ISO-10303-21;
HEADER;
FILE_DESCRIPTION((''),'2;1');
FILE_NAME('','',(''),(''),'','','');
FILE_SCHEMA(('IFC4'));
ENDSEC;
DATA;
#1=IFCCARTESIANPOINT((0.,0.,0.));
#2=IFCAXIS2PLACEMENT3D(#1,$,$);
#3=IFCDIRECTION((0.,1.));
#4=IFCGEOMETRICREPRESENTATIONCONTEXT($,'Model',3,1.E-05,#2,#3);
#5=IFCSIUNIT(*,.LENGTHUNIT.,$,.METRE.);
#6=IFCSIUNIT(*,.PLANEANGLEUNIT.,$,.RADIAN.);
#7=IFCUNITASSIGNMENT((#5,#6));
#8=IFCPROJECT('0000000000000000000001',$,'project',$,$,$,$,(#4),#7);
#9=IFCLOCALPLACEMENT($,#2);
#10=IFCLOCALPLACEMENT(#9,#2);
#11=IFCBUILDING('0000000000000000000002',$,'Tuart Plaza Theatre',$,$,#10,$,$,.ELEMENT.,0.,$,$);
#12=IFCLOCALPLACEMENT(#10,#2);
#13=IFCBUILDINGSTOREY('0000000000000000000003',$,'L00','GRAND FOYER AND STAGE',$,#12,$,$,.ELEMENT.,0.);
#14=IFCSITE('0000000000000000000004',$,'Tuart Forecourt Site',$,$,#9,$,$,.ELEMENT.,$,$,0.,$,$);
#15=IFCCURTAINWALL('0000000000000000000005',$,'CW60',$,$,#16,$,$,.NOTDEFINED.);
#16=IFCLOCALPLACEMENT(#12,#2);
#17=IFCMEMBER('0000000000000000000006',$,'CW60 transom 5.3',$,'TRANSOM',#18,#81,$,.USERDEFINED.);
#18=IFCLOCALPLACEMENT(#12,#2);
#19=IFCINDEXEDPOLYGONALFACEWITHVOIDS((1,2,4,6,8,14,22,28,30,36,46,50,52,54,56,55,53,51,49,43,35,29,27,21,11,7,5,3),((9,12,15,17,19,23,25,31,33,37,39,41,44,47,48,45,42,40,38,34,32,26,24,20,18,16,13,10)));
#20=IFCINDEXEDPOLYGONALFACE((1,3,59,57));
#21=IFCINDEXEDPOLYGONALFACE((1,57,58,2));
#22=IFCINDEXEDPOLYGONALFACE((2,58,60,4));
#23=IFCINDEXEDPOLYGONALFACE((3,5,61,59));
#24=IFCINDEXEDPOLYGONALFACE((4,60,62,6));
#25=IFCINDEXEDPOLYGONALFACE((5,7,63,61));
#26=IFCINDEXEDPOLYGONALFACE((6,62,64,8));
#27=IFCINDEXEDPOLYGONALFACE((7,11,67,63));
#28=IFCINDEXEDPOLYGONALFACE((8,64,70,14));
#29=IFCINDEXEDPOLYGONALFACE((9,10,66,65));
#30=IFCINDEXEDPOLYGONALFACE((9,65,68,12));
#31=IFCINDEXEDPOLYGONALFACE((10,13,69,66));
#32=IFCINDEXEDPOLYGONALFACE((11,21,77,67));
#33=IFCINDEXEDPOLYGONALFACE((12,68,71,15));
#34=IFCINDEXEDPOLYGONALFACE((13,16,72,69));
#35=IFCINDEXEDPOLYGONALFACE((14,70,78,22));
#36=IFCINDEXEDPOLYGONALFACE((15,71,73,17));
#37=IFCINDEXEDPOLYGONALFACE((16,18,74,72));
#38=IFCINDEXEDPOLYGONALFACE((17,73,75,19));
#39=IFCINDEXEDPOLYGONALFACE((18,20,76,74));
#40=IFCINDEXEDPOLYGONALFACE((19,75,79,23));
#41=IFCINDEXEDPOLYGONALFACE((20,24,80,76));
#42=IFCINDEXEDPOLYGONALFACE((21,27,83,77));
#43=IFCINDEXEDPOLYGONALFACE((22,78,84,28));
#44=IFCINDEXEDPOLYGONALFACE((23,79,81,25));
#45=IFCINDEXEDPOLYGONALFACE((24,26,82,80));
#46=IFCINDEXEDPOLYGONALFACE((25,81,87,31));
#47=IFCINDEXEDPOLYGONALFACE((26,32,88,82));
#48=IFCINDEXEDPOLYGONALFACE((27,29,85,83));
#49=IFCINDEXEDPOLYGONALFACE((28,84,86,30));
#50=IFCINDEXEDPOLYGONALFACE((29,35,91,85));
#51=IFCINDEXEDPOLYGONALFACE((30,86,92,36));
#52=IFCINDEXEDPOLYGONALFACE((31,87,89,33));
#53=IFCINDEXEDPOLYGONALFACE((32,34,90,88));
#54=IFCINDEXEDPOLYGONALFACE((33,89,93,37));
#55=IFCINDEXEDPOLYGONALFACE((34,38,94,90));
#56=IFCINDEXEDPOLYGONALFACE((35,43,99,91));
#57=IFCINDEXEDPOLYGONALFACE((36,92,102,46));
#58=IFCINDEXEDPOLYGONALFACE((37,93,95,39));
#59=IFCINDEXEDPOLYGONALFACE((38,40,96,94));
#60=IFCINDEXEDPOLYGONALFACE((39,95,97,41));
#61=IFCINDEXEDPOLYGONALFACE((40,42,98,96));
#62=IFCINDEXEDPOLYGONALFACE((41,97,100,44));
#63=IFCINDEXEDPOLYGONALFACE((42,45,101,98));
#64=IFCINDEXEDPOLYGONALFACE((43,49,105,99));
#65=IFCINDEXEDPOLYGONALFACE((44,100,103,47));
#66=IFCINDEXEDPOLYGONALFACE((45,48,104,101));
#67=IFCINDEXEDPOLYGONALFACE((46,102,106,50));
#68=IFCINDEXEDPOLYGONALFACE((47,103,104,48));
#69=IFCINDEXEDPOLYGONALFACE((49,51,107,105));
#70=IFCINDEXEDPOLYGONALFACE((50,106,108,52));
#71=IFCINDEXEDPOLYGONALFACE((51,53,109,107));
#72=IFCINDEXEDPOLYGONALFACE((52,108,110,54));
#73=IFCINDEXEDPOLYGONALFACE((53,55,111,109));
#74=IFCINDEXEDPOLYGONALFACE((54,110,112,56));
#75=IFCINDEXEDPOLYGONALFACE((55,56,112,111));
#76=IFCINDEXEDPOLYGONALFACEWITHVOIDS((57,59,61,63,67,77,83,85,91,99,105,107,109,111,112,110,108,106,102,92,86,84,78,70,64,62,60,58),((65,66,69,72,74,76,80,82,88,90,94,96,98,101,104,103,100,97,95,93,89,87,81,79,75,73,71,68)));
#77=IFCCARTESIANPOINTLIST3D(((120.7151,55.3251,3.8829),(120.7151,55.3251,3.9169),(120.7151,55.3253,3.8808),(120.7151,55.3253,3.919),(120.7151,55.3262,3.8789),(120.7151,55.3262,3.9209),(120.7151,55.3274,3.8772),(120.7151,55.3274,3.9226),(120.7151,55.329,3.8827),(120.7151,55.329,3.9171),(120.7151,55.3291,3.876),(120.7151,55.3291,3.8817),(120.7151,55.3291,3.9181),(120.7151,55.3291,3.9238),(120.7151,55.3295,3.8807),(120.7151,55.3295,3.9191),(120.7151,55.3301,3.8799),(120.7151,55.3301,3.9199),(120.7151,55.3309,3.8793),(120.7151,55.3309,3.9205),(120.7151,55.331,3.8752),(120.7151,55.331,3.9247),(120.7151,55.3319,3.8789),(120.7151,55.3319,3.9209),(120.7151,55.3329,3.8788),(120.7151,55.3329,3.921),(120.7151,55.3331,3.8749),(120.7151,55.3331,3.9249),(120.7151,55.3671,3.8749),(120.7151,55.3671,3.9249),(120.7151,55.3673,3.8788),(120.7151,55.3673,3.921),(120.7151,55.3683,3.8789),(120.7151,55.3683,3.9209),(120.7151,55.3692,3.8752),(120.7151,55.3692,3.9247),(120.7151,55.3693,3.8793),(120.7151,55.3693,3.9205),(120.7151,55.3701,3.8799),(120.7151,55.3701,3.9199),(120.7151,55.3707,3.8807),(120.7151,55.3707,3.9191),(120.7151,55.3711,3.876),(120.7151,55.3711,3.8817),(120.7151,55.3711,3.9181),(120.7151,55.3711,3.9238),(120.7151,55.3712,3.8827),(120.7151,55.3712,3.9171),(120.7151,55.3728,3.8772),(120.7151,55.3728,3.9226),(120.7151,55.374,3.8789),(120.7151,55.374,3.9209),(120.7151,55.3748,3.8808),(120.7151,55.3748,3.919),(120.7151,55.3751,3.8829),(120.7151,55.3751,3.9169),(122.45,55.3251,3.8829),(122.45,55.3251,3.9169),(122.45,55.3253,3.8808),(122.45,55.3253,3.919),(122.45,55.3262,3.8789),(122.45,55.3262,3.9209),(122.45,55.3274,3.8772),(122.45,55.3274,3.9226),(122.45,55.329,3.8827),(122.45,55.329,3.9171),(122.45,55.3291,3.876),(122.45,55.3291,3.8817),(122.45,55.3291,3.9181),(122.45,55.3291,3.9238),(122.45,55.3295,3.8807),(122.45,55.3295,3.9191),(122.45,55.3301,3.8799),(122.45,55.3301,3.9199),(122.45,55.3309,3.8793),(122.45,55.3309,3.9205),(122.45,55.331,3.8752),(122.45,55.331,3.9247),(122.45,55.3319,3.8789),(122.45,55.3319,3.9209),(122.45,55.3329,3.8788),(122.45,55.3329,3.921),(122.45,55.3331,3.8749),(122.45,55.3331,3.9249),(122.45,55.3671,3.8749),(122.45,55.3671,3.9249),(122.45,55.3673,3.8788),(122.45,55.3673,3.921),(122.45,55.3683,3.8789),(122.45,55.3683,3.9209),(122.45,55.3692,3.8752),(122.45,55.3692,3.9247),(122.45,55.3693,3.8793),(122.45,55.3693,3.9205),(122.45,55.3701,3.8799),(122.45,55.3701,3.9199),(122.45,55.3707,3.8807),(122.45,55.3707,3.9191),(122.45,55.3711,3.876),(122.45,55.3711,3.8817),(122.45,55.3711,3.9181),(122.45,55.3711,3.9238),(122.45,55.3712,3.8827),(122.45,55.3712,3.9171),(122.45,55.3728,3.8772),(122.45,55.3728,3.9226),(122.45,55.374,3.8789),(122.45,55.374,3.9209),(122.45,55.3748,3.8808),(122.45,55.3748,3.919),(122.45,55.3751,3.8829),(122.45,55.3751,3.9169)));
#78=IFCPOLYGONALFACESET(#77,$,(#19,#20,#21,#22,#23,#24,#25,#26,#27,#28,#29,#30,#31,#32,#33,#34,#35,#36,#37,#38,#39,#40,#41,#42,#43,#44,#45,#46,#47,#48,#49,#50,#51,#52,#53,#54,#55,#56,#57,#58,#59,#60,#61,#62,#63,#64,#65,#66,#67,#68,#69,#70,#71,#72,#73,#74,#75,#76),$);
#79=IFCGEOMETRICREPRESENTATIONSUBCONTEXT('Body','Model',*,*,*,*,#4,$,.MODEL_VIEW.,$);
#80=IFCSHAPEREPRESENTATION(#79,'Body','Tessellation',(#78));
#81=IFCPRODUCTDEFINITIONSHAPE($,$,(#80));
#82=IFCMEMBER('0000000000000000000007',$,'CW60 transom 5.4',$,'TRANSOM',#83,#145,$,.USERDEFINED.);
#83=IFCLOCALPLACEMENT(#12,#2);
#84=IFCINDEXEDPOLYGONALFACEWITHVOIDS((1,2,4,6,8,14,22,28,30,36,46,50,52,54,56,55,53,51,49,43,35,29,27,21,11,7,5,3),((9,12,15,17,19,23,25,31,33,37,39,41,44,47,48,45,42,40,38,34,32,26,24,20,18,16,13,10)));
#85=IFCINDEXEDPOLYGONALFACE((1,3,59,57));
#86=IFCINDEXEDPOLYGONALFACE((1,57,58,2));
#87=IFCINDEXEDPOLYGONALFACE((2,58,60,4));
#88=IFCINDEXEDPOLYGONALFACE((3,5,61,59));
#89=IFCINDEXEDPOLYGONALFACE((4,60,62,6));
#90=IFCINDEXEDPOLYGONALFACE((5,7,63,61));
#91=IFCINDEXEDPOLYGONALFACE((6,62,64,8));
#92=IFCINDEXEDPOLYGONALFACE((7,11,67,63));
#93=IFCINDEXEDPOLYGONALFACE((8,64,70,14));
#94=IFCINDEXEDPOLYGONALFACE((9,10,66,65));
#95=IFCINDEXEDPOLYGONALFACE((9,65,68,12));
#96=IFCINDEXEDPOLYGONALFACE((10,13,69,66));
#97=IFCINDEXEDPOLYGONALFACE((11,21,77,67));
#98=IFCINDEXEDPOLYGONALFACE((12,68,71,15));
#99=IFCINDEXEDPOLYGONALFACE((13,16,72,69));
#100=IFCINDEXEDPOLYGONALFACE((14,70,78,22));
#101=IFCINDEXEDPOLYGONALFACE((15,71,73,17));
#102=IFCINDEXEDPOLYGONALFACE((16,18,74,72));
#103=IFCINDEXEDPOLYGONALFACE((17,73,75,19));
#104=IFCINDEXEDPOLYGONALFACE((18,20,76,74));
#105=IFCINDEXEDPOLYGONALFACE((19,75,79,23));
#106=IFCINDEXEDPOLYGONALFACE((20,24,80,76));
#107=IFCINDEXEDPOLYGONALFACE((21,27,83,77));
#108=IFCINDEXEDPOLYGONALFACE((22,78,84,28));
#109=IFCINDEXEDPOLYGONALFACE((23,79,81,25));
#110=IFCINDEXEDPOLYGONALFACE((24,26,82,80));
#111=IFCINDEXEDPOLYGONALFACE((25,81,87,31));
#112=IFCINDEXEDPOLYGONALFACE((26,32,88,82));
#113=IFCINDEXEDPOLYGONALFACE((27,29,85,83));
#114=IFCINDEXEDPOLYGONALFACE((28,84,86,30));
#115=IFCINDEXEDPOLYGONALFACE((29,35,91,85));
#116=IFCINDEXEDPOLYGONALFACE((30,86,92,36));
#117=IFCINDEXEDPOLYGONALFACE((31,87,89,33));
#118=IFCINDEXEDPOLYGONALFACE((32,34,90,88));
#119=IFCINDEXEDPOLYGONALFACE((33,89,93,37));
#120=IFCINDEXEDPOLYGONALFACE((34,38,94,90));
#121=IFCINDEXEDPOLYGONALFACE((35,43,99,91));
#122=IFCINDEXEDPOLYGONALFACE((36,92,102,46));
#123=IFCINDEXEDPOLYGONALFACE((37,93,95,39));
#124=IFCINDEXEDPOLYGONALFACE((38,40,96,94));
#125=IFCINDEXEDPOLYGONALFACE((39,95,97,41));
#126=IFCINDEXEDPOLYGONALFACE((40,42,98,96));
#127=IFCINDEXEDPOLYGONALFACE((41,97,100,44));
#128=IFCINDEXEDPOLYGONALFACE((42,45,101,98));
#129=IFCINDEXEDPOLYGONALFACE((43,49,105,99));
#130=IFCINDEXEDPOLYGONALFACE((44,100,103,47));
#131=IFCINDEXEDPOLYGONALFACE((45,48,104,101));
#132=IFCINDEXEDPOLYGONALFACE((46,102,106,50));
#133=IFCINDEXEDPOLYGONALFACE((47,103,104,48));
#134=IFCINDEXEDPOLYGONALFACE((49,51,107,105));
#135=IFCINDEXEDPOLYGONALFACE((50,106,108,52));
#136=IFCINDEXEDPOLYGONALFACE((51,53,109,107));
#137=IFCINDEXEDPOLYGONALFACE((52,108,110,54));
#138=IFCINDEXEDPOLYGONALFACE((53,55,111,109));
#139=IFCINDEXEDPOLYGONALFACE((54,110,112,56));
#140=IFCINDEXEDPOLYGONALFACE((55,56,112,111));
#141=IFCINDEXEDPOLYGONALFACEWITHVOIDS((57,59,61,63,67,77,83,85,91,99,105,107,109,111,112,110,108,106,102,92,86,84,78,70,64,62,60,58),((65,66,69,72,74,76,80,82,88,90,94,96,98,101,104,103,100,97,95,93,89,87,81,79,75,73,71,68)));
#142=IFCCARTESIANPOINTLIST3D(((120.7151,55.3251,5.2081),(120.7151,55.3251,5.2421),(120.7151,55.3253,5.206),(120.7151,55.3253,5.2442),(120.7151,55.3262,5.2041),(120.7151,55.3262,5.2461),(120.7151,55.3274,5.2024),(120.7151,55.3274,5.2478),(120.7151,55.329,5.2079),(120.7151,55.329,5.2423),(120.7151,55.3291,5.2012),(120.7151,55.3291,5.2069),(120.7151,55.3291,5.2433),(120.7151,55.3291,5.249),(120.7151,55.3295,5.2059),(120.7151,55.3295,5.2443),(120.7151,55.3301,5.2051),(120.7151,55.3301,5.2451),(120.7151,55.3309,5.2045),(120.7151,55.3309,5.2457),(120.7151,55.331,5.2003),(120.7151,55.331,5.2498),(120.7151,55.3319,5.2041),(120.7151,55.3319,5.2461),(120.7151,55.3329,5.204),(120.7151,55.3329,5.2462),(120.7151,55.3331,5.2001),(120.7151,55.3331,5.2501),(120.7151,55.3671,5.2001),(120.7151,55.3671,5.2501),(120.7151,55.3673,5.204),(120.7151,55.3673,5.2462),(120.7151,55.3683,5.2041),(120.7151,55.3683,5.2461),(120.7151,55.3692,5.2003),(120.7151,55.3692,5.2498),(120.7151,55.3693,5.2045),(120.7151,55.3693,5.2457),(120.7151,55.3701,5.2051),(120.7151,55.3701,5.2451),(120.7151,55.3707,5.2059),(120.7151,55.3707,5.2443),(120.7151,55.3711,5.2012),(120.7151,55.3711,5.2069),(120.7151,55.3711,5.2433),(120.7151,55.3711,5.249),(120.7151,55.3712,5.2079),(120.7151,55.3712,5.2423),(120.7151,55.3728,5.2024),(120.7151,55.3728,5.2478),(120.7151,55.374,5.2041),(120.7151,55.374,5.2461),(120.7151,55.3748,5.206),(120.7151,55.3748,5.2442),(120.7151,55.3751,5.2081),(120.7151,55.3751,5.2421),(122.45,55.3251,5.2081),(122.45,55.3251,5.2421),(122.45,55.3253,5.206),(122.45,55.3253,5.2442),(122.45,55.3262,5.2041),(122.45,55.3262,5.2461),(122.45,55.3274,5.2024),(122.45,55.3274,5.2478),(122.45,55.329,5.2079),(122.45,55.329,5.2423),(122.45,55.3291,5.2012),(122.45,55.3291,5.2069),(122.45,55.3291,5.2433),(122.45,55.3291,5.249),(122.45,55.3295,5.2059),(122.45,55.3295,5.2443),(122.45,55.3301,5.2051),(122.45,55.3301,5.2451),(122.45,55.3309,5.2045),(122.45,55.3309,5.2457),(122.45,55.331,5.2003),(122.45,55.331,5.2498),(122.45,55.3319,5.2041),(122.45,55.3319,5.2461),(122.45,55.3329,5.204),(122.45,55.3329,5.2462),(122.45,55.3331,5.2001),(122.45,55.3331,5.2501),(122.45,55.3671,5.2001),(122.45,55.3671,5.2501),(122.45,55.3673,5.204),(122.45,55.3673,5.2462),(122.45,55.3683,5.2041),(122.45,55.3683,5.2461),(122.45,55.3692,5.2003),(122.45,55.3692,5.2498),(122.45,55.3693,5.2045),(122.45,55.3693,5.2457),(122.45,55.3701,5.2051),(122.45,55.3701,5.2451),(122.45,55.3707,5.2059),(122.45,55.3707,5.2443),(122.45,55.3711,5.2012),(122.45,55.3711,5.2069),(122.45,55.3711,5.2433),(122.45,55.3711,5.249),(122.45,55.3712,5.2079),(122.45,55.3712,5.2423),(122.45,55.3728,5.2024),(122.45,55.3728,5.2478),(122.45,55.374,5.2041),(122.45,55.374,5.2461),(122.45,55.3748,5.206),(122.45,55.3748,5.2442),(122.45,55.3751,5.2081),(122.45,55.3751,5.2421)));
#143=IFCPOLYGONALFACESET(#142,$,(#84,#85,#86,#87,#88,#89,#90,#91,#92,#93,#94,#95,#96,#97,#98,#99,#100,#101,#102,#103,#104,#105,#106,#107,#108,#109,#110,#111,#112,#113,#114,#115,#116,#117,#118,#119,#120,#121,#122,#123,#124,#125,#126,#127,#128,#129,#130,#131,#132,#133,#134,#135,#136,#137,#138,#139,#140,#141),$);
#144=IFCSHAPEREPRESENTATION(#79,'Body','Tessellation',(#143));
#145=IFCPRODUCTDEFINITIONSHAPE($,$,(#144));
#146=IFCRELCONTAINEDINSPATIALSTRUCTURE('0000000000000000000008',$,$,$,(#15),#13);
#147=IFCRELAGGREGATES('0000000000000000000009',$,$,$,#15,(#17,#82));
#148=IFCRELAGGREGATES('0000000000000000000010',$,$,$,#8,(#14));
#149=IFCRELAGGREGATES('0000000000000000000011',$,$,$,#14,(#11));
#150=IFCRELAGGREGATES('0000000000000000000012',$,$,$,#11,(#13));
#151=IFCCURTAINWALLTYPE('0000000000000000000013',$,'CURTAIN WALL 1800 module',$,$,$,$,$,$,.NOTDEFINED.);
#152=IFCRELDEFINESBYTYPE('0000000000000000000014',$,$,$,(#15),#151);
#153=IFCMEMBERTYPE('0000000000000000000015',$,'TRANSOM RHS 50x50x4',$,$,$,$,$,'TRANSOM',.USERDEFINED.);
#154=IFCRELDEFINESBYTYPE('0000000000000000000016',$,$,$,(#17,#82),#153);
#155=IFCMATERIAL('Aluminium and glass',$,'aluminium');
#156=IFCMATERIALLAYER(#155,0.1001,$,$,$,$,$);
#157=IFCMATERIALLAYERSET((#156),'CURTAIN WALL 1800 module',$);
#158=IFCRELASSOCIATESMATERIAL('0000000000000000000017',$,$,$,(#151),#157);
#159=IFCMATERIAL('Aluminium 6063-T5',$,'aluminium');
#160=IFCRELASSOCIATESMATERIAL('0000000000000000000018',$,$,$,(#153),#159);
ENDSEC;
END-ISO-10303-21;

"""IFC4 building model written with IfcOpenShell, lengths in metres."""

from ifc_helpers import new_model, si_unit, direction, frame, origin, origin_2d, place, context, subcontext, project, spatial, hollow_rectangle, extrude, material, layer, layer_set, material_profile, profile_set, type_object, element, aggregate, save


model = new_model("IFC4")

# Units and contexts
model_context = context("Model", 3, precision=1e-05, world=origin(), true_north=direction((0.0, 1.0)))
body_context = subcontext(model_context, "Body", "Model", "MODEL_VIEW")
ifc_project = project(units=[si_unit("LENGTHUNIT", "METRE"), si_unit("PLANEANGLEUNIT", "RADIAN")], contexts=[model_context])

# Site, building, storey
site_placement = place(None, origin())
site = spatial("IfcSite", under=ifc_project, at=site_placement, Name="Tuart Forecourt Site", CompositionType="ELEMENT", RefElevation=0.0)
building_placement = place(site_placement, origin())
building = spatial("IfcBuilding", under=site, at=building_placement, Name="Tuart Plaza Theatre", CompositionType="ELEMENT", ElevationOfRefHeight=0.0)
storey_placement = place(building_placement, origin())
storey = spatial("IfcBuildingStorey", under=building, at=storey_placement, Name="L00", Description="GRAND FOYER AND STAGE", CompositionType="ELEMENT", Elevation=0.0)

# Curtain wall
ifc_material_1 = material(Name="Aluminium and glass", Category="aluminium")
ifc_layer_1 = layer(ifc_material_1, 0.1001)
ifc_layer_set_1 = layer_set([ifc_layer_1], Name="CURTAIN WALL 1800 module")
curtain_wall_type_1 = type_object("IfcCurtainWallType", Name="CURTAIN WALL 1800 module", PredefinedType="NOTDEFINED", material=ifc_layer_set_1)
curtain_wall_1_placement = place(storey_placement, origin())
curtain_wall_1 = element("IfcCurtainWall", 1, at=curtain_wall_1_placement, inside=storey, type_object=curtain_wall_type_1, Name="CW60", PredefinedType="NOTDEFINED")

# Members
ifc_material_2 = material(Name="Aluminium 6063-T5", Category="aluminium")
ifc_material_profile_1 = material_profile(ifc_material_2, hollow_rectangle(XDim=0.05, YDim=0.05, WallThickness=0.0039, InnerFilletRadius=0.0039, OuterFilletRadius=0.0081, at=origin_2d()), Name="RHS 50x50x4")
ifc_profile_set_1 = profile_set([ifc_material_profile_1], Name="Aluminium 6063-T5")
member_type_1 = type_object("IfcMemberType", Name="TRANSOM RHS 50x50x4", ElementType="TRANSOM", PredefinedType="USERDEFINED", material=ifc_profile_set_1)
member_1_placement = place(storey_placement, frame((120.7151, 55.3501, 3.8999), z_axis=(1.0, 0.0, 0.0), x_axis=(0.0, 1.0, 0.0)))
member_1 = element("IfcMember", 2, at=member_1_placement, type_object=member_type_1, Name="CW60 transom 5.3", ObjectType="TRANSOM", PredefinedType="USERDEFINED", context=body_context, shape_type="SweptSolid", body=[
    extrude(hollow_rectangle(XDim=0.05, YDim=0.05, WallThickness=0.0039, InnerFilletRadius=0.0039, OuterFilletRadius=0.0081, at=origin_2d()), origin(), (0.0, 0.0, 1.0), 1.7349),
])
member_2_placement = place(storey_placement, frame((120.7151, 55.3501, 5.2251), z_axis=(1.0, 0.0, 0.0), x_axis=(0.0, 1.0, 0.0)))
member_2 = element("IfcMember", 3, at=member_2_placement, type_object=member_type_1, Name="CW60 transom 5.4", ObjectType="TRANSOM", PredefinedType="USERDEFINED", context=body_context, shape_type="SweptSolid", body=[
    extrude(hollow_rectangle(XDim=0.05, YDim=0.05, WallThickness=0.0039, InnerFilletRadius=0.0039, OuterFilletRadius=0.0081, at=origin_2d()), origin(), (0.0, 0.0, 1.0), 1.7349),
])

aggregate(curtain_wall_1, [member_1, member_2])

save(model, "model.ifc")
